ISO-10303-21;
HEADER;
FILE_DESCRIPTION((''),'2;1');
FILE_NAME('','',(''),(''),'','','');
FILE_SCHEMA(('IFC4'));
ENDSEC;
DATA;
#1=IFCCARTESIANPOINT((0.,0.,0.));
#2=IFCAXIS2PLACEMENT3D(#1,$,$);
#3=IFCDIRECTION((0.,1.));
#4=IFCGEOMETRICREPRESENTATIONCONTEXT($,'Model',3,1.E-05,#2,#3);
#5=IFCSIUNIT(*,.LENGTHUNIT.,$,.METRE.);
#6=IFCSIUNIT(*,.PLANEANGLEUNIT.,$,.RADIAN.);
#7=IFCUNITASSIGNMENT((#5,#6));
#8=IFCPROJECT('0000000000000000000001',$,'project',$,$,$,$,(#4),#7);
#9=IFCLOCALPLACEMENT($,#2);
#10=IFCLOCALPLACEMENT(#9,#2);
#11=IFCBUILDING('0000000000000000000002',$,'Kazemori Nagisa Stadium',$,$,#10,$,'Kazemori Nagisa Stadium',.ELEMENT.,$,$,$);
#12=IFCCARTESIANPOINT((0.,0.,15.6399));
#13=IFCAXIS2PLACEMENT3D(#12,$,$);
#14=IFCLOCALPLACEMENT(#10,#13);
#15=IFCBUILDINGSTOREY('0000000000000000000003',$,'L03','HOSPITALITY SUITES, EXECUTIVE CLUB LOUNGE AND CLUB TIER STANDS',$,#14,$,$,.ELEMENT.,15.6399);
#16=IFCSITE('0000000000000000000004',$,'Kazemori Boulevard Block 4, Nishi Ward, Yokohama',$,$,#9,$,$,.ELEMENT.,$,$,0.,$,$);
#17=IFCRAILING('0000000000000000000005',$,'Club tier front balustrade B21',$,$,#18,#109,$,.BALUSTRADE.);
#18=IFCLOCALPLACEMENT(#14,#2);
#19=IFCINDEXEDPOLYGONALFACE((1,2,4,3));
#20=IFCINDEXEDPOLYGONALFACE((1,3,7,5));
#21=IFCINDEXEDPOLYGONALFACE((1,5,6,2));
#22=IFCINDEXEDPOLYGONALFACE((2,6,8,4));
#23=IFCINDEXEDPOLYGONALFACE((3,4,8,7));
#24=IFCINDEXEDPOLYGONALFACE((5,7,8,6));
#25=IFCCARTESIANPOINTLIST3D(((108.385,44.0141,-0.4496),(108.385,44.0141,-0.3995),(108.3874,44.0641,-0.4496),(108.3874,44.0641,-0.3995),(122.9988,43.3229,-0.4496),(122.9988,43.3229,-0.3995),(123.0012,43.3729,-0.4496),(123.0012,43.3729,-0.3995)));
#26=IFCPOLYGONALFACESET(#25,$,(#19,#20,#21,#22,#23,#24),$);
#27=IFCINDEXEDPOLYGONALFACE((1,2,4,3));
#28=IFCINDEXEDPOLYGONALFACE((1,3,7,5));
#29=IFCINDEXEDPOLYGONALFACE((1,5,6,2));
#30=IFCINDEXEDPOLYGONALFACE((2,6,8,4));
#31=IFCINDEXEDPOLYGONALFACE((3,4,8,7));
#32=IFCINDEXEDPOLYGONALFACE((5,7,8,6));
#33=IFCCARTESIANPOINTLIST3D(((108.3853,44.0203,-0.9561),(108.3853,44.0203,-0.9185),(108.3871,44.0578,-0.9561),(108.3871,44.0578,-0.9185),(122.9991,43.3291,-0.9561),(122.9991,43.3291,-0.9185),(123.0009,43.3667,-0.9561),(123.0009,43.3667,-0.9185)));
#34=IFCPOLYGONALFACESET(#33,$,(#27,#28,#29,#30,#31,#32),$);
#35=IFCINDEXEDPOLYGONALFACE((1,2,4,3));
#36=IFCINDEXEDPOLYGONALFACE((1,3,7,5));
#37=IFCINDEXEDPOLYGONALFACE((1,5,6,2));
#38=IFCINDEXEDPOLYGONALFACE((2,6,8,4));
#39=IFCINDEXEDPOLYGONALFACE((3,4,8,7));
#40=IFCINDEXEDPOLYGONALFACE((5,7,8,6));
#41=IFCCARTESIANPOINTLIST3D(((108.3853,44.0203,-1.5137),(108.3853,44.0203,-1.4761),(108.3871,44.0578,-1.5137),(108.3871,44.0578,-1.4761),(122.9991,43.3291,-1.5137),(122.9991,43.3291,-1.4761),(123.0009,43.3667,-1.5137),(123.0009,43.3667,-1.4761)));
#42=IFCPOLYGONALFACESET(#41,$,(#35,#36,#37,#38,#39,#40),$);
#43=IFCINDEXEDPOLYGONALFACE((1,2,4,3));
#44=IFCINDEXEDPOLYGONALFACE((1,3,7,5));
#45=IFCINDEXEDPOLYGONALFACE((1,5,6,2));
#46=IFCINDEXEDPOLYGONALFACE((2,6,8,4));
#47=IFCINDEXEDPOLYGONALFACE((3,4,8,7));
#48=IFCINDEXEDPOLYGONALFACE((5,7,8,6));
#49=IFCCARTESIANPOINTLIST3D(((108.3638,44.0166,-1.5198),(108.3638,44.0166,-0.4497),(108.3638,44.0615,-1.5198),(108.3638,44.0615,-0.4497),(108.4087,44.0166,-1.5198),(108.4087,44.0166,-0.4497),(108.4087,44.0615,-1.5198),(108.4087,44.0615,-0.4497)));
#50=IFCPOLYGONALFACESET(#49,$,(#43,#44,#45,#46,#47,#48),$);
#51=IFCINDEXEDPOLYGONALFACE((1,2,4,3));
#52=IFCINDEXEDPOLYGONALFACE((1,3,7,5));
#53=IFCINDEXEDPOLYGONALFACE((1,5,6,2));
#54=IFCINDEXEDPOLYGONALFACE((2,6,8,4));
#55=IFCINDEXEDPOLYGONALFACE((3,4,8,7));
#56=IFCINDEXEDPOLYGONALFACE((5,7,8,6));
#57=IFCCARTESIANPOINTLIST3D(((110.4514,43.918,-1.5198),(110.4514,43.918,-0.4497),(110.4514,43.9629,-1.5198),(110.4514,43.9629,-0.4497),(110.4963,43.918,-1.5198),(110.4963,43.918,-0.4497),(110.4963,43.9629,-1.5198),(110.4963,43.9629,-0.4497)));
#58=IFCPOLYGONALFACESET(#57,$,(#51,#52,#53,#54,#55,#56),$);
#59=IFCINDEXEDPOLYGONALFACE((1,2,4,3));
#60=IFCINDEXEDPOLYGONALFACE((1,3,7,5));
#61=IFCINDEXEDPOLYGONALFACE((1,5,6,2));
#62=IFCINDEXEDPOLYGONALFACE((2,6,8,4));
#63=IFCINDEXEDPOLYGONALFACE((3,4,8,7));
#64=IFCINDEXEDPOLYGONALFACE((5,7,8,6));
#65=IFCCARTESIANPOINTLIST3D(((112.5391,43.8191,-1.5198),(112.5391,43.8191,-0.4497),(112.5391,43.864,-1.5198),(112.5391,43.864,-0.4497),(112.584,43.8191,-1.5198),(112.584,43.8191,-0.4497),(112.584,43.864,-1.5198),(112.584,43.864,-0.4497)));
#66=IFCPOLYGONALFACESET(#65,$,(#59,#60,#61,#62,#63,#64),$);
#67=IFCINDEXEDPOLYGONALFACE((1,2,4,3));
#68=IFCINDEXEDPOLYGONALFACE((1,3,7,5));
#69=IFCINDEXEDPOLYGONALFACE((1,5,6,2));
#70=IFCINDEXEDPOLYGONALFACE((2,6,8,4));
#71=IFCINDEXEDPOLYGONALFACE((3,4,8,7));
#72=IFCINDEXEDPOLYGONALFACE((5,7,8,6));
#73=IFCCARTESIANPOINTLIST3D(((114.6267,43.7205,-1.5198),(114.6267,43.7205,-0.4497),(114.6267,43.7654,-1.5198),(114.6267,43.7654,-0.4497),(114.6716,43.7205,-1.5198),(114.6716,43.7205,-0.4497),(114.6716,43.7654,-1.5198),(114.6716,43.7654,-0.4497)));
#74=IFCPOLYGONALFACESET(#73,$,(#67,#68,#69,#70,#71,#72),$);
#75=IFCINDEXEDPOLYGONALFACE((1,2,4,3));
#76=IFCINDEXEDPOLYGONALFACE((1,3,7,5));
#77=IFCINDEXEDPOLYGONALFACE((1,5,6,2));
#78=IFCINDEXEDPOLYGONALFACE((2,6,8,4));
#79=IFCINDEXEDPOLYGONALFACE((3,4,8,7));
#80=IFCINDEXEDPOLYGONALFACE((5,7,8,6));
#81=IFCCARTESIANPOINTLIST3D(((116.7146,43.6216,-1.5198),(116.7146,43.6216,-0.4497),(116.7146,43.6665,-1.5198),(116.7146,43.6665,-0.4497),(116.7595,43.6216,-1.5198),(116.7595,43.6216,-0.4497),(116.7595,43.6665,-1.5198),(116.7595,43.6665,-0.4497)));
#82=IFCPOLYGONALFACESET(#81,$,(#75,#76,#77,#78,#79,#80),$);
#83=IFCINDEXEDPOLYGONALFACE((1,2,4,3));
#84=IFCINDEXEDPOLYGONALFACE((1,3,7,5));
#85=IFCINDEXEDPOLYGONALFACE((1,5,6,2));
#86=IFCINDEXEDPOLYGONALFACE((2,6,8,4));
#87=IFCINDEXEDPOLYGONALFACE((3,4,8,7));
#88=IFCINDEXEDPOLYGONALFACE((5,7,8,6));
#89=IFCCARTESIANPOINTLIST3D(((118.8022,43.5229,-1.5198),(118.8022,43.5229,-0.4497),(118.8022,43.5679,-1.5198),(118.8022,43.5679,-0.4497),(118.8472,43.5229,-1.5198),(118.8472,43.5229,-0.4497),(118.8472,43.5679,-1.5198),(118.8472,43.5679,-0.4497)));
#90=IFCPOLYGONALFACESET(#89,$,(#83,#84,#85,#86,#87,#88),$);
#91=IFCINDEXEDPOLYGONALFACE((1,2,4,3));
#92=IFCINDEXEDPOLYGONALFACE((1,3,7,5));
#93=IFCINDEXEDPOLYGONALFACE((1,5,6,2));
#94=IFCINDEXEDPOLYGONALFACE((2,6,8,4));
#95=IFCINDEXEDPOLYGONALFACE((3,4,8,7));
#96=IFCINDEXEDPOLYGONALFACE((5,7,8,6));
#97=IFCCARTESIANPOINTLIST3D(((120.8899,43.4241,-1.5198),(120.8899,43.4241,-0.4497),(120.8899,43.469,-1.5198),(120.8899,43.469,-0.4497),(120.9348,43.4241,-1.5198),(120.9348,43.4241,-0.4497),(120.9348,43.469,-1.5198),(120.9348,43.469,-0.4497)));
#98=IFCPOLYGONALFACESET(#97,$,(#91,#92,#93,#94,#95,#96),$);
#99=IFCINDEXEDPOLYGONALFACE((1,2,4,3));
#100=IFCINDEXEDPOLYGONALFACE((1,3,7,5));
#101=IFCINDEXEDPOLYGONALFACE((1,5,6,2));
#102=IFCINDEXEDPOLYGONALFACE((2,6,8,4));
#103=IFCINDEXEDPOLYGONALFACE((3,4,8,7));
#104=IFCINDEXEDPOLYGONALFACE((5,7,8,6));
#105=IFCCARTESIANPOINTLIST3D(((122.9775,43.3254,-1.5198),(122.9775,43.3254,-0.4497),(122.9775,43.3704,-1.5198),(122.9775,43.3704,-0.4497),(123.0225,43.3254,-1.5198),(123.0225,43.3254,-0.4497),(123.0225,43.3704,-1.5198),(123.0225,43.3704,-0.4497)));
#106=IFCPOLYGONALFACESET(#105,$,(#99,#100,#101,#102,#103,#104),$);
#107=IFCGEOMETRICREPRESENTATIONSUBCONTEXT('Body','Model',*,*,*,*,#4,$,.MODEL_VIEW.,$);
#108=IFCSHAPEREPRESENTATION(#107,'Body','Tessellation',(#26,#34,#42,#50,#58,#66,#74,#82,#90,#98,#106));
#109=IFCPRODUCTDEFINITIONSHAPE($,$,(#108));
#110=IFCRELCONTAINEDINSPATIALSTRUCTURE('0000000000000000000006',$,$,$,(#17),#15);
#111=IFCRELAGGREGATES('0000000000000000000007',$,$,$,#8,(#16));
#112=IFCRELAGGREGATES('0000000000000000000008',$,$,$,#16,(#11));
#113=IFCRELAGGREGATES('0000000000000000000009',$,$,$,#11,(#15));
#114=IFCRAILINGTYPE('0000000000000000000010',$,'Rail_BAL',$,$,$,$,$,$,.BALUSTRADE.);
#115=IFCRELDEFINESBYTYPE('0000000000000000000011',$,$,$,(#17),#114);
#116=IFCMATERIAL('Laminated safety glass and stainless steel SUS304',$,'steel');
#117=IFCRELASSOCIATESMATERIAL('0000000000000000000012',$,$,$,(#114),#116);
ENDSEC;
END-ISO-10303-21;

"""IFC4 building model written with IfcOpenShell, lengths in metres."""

from ifc_helpers import new_model, si_unit, direction, frame, origin, origin_2d, place, context, subcontext, project, spatial, rectangle, extrude, material, type_object, element, save


model = new_model("IFC4")

# Units and contexts
model_context = context("Model", 3, precision=1e-05, world=origin(), true_north=direction((0.0, 1.0)))
body_context = subcontext(model_context, "Body", "Model", "MODEL_VIEW")
ifc_project = project(units=[si_unit("LENGTHUNIT", "METRE"), si_unit("PLANEANGLEUNIT", "RADIAN")], contexts=[model_context])

# Site, building, storey
site_placement = place(None, origin())
site = spatial("IfcSite", under=ifc_project, at=site_placement, Name="Kazemori Boulevard Block 4, Nishi Ward, Yokohama", CompositionType="ELEMENT", RefElevation=0.0)
building_placement = place(site_placement, origin())
building = spatial("IfcBuilding", under=site, at=building_placement, Name="Kazemori Nagisa Stadium", LongName="Kazemori Nagisa Stadium", CompositionType="ELEMENT")
storey_placement = place(building_placement, frame((0.0, 0.0, 15.6399)))
storey = spatial("IfcBuildingStorey", under=building, at=storey_placement, Name="L03", Description="HOSPITALITY SUITES, EXECUTIVE CLUB LOUNGE AND CLUB TIER STANDS", CompositionType="ELEMENT", Elevation=15.6399)

# Railing
ifc_material_1 = material(Name="Laminated safety glass and stainless steel SUS304", Category="steel")
railing_type = type_object("IfcRailingType", Name="Rail_BAL", PredefinedType="BALUSTRADE", material=ifc_material_1)
railing_placement = place(storey_placement, frame((108.3862, 44.0391, -1.5198)))
element("IfcRailing", 1, at=railing_placement, inside=storey, type_object=railing_type, Name="Club tier front balustrade B21", PredefinedType="BALUSTRADE", context=body_context, shape_type="SweptSolid", body=[
    extrude(rectangle(XDim=0.05, YDim=0.05, at=origin_2d()), frame((0.0, 0.0, 1.0952), z_axis=(0.998883, -0.047242, 0.0), x_axis=(0.047242, 0.998883, 0.0)), (0.0, 0.0, 1.0), 14.6301),
    extrude(rectangle(XDim=0.0376, YDim=0.0376, at=origin_2d()), frame((0.0, 0.0, 0.5825), z_axis=(0.998883, -0.047242, 0.0), x_axis=(0.047242, 0.998883, 0.0)), (0.0, 0.0, 1.0), 14.6301),
    extrude(rectangle(XDim=0.0376, YDim=0.0376, at=origin_2d()), frame((0.0, 0.0, 0.0249), z_axis=(0.998883, -0.047242, 0.0), x_axis=(0.047242, 0.998883, 0.0)), (0.0, 0.0, 1.0), 14.6301),
    extrude(rectangle(XDim=0.0449, YDim=0.0449, at=origin_2d()), origin(), (0.0, 0.0, 1.0), 1.0701),
    extrude(rectangle(XDim=0.0449, YDim=0.0449, at=origin_2d()), frame((2.0876, -0.0986, 0.0)), (0.0, 0.0, 1.0), 1.0701),
    extrude(rectangle(XDim=0.0449, YDim=0.0449, at=origin_2d()), frame((4.1753, -0.1975, 0.0)), (0.0, 0.0, 1.0), 1.0701),
    extrude(rectangle(XDim=0.0449, YDim=0.0449, at=origin_2d()), frame((6.2629, -0.2961, 0.0)), (0.0, 0.0, 1.0), 1.0701),
    extrude(rectangle(XDim=0.0449, YDim=0.0449, at=origin_2d()), frame((8.3508, -0.395, 0.0)), (0.0, 0.0, 1.0), 1.0701),
    extrude(rectangle(XDim=0.0449, YDim=0.0449, at=origin_2d()), frame((10.4385, -0.4937, 0.0)), (0.0, 0.0, 1.0), 1.0701),
    extrude(rectangle(XDim=0.0449, YDim=0.0449, at=origin_2d()), frame((12.5261, -0.5925, 0.0)), (0.0, 0.0, 1.0), 1.0701),
    extrude(rectangle(XDim=0.0449, YDim=0.0449, at=origin_2d()), frame((14.6138, -0.6912, 0.0)), (0.0, 0.0, 1.0), 1.0701),
])

save(model, "model.ifc")
